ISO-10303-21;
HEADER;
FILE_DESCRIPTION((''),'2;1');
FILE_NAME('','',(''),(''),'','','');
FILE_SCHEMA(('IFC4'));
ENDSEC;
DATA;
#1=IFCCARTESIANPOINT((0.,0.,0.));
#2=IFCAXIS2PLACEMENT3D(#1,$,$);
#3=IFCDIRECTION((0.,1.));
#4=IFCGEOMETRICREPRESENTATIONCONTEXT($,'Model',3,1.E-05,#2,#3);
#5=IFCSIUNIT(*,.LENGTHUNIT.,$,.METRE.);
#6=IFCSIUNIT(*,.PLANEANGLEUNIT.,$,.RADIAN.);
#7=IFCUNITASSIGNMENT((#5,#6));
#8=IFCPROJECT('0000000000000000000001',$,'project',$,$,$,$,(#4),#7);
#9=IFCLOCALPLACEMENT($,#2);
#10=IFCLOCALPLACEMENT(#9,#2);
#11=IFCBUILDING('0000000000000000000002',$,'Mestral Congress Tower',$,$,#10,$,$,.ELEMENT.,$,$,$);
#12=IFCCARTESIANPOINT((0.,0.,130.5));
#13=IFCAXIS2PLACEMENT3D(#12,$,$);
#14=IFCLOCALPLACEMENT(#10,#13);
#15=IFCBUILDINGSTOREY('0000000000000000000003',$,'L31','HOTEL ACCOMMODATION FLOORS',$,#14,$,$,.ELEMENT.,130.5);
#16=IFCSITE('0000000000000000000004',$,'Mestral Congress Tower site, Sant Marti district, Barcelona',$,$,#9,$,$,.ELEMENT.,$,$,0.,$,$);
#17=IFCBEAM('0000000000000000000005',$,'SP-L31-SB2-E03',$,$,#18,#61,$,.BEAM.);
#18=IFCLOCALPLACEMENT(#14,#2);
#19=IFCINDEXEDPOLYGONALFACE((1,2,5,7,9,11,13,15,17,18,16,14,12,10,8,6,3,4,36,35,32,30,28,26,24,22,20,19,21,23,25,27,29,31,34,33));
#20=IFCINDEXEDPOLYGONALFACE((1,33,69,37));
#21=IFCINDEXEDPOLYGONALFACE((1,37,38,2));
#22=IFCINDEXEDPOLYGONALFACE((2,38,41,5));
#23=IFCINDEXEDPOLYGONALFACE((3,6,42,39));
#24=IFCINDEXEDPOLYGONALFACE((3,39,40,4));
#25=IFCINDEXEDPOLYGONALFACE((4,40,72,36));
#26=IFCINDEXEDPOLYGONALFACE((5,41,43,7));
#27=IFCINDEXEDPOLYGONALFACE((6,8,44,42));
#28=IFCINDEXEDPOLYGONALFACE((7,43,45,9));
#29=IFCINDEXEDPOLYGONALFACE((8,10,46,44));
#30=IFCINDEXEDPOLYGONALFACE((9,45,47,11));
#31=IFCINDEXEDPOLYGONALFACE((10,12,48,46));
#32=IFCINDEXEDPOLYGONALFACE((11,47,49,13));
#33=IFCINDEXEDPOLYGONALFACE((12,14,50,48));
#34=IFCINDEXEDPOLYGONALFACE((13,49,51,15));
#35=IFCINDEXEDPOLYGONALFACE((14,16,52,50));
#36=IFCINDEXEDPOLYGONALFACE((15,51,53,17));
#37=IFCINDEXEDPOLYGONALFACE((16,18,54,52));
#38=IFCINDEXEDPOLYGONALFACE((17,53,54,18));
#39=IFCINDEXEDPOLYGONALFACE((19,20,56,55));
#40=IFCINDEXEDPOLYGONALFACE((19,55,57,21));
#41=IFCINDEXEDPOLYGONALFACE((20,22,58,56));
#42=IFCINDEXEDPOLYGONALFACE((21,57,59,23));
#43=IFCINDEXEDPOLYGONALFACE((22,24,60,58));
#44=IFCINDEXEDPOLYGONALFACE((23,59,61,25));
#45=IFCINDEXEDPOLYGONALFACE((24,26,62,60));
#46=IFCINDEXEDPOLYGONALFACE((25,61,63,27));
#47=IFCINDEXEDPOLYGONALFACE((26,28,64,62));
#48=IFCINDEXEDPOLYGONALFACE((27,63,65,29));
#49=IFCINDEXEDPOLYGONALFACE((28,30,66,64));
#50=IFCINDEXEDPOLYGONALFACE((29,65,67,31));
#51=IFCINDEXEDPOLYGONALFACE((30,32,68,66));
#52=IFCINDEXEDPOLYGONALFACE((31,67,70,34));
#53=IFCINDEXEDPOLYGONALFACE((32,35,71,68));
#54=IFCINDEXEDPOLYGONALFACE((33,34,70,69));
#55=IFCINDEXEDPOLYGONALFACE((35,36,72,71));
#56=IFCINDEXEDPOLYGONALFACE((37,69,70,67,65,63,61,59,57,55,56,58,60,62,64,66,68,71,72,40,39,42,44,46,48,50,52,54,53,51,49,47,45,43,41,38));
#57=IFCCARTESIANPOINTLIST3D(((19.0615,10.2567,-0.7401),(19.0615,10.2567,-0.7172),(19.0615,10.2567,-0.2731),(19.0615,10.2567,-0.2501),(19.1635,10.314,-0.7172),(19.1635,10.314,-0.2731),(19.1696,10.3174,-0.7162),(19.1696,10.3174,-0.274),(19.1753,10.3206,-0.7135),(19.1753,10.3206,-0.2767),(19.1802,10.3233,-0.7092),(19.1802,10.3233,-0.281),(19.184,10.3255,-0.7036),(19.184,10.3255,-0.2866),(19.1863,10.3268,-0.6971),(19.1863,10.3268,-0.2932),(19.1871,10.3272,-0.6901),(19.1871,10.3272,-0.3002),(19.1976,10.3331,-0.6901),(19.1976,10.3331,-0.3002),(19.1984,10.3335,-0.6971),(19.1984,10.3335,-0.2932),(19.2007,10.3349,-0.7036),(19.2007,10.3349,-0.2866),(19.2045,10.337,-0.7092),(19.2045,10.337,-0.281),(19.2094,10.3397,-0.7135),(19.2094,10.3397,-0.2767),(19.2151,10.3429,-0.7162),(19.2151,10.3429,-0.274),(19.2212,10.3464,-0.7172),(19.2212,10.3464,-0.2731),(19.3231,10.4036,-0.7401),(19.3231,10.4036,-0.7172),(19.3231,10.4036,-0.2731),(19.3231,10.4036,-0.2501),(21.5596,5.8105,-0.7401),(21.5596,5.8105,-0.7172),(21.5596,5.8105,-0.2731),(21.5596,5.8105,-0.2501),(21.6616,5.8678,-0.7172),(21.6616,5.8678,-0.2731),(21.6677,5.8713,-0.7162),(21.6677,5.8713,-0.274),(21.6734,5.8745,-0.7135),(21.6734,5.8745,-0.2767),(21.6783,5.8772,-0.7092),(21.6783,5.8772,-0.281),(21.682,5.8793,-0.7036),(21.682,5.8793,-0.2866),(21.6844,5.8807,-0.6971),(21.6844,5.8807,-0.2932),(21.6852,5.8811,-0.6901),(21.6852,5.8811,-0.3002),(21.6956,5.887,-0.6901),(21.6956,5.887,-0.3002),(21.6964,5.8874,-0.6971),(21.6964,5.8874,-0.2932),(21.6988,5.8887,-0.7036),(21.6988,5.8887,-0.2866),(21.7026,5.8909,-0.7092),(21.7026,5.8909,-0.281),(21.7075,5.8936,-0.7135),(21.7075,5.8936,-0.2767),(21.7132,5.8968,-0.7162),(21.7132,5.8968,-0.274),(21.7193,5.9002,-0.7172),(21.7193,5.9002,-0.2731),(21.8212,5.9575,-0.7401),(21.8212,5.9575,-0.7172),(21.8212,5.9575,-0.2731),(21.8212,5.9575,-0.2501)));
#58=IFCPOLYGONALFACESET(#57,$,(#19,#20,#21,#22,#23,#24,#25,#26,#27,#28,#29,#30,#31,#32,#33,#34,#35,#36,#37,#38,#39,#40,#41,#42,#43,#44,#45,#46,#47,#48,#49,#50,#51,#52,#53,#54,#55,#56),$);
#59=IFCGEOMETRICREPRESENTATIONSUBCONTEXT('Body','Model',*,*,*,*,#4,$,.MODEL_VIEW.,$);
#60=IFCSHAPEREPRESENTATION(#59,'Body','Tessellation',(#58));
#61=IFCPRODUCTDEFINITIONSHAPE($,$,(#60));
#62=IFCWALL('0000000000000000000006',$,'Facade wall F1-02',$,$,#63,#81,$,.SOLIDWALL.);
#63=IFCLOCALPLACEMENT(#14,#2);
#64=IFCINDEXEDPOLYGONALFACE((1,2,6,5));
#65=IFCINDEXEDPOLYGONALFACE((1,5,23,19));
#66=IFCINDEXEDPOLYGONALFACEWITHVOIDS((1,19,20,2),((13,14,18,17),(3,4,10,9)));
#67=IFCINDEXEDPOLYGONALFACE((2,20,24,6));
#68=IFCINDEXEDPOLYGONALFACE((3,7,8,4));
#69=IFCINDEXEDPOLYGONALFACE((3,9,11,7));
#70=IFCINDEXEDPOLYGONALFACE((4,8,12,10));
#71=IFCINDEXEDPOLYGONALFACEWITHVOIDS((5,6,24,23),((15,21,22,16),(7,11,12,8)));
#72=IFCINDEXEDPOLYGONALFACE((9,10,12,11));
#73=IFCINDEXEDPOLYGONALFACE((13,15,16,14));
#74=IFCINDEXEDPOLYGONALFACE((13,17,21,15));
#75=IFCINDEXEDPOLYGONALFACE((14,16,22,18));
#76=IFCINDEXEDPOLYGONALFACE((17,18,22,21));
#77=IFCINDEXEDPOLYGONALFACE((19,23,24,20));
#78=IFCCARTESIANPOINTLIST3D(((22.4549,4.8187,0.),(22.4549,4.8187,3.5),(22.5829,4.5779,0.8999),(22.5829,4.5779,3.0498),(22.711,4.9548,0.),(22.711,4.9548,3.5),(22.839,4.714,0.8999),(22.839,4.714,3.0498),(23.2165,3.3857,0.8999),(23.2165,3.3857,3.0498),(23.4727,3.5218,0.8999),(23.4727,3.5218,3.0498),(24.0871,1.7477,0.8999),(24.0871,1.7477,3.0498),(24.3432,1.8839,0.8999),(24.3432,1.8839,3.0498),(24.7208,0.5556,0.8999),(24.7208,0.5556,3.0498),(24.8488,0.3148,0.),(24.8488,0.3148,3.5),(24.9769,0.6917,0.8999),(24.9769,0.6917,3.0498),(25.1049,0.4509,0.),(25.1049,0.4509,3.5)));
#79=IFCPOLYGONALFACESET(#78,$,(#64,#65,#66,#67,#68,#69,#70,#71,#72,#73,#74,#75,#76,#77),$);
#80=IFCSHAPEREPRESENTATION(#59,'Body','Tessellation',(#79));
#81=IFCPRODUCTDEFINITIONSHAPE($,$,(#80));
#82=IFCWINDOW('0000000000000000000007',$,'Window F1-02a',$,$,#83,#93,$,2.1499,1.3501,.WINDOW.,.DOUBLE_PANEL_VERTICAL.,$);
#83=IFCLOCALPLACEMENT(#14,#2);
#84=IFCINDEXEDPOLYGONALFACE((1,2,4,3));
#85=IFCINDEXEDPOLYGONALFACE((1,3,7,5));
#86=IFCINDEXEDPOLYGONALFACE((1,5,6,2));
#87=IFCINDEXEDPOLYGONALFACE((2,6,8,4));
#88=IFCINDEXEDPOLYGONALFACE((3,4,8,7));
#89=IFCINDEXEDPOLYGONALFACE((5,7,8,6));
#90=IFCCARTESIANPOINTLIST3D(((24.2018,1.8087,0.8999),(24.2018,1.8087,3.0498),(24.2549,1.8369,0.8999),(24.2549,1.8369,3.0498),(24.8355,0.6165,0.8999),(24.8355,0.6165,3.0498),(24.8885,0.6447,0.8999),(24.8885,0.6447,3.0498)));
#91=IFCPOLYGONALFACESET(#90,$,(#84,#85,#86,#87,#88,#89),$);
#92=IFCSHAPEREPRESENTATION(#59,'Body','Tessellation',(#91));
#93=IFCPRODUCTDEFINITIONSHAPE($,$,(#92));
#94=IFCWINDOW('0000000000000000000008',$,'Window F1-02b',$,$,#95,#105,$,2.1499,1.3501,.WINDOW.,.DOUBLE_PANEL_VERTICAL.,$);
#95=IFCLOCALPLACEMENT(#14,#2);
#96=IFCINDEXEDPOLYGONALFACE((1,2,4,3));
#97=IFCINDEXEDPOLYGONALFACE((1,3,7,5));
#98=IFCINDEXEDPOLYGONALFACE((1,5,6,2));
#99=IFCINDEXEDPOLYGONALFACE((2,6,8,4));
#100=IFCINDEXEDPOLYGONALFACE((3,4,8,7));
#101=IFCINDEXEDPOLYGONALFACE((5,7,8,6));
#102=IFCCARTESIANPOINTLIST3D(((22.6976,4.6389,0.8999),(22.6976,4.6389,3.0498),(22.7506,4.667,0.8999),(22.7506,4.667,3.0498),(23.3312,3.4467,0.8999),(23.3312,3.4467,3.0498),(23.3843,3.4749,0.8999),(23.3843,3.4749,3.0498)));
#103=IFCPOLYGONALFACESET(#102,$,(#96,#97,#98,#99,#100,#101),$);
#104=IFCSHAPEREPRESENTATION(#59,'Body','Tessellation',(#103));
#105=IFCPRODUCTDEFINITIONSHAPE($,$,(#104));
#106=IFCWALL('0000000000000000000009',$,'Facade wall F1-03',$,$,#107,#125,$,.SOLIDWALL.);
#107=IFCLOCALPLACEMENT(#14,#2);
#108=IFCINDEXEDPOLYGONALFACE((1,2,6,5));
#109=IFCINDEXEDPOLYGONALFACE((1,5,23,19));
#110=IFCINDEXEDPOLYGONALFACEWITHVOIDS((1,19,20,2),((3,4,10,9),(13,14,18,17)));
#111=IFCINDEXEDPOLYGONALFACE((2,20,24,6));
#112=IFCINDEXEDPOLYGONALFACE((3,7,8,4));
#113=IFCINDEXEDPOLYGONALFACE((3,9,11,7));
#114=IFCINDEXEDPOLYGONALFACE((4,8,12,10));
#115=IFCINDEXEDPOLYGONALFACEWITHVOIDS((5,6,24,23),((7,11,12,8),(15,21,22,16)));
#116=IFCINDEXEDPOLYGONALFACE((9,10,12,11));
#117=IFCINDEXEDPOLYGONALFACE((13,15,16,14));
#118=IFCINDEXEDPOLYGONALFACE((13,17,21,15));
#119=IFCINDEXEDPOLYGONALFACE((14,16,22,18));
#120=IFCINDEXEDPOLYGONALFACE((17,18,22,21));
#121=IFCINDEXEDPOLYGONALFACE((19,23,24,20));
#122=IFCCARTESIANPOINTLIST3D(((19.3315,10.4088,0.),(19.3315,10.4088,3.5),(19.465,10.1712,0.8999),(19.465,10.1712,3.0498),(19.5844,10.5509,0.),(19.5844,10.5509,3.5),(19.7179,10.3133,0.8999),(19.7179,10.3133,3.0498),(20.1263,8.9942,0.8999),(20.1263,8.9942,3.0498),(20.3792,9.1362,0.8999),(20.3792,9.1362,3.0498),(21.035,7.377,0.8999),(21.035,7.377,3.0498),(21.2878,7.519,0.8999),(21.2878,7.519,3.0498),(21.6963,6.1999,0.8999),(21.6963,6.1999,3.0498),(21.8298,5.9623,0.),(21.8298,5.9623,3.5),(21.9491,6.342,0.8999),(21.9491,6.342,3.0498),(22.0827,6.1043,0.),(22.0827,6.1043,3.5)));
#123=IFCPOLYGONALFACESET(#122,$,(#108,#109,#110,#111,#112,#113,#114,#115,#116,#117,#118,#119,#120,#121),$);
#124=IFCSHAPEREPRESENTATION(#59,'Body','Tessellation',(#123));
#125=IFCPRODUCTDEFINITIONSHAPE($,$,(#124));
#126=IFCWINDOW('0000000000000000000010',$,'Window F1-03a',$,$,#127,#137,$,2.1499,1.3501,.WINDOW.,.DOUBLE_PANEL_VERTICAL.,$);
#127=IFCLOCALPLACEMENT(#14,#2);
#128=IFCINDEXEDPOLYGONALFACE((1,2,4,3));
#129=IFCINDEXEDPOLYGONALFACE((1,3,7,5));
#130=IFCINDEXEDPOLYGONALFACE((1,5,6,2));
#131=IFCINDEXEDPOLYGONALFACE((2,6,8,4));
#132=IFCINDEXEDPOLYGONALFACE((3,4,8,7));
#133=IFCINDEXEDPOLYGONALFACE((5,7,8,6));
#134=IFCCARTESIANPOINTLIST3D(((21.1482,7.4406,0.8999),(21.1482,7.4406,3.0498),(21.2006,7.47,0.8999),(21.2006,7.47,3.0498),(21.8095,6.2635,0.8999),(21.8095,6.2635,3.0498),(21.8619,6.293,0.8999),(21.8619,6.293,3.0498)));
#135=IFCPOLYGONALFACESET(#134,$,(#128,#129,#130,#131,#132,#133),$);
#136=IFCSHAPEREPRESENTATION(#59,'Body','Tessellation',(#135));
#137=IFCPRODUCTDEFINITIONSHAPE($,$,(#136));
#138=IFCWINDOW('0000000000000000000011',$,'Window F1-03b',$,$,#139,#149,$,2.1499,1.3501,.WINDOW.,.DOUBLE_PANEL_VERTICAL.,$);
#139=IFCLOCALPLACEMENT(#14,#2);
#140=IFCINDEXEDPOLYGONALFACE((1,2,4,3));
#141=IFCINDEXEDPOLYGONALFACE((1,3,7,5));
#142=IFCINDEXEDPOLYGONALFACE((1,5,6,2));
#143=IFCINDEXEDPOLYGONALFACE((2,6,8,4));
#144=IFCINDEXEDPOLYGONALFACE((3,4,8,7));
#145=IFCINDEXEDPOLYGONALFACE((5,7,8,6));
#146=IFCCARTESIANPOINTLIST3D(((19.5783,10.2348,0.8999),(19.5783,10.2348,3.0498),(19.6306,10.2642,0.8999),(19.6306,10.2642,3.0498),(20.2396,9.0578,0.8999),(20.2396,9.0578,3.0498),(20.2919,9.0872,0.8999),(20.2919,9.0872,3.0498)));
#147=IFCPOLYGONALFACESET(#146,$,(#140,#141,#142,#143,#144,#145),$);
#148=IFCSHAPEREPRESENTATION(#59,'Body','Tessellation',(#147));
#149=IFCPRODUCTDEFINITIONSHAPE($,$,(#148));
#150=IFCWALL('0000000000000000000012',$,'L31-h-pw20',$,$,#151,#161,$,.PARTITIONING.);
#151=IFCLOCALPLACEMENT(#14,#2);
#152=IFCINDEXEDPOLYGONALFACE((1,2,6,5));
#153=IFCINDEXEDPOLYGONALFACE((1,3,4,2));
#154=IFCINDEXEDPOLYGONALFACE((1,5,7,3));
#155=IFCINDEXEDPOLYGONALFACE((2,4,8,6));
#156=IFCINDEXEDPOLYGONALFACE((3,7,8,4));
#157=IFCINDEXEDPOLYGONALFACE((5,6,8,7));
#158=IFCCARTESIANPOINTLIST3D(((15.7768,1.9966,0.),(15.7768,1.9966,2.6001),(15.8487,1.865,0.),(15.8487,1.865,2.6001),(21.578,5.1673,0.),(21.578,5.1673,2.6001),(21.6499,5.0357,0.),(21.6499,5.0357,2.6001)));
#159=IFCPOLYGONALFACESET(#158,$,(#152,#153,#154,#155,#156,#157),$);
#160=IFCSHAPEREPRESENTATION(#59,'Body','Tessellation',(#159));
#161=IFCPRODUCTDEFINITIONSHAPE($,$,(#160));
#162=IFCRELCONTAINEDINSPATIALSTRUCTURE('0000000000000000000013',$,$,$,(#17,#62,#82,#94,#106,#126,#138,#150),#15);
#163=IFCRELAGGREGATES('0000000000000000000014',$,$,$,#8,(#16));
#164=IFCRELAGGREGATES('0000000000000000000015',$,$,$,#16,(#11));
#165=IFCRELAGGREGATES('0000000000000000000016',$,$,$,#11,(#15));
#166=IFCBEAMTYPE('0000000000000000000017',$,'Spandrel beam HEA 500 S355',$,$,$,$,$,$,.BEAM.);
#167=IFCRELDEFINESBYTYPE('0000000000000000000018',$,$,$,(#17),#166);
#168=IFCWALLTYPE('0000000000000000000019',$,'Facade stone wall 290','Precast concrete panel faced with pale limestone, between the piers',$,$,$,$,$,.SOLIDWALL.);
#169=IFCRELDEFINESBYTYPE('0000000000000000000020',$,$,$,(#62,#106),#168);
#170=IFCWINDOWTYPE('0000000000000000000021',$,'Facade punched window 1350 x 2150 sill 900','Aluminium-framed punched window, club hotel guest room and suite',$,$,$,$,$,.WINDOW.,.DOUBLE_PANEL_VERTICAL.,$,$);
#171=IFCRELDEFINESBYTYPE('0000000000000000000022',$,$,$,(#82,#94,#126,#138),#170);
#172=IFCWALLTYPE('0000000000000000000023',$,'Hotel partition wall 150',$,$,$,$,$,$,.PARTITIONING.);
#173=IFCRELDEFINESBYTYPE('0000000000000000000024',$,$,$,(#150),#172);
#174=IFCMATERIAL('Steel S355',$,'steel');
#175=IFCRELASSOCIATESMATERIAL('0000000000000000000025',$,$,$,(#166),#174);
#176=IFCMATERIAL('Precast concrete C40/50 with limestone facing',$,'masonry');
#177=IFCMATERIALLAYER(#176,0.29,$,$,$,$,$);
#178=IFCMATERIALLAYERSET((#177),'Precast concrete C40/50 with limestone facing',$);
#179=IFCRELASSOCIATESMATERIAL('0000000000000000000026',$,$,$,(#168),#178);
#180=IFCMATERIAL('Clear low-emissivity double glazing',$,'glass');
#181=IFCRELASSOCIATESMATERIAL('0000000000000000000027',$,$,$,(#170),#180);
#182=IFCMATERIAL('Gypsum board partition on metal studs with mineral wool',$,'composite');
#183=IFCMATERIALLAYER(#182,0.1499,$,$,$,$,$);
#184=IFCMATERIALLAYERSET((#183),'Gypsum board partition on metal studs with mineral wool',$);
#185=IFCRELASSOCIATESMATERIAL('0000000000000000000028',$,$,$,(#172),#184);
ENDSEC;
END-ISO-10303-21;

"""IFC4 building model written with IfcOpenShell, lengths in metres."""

from ifc_helpers import new_model, si_unit, direction, frame, frame_2d, origin, origin_2d, place, context, subcontext, project, spatial, rectangle, i_section, extrude, material, layer, layer_set, material_profile, profile_set, type_object, element, fill, save


model = new_model("IFC4")

# Units and contexts
model_context = context("Model", 3, precision=1e-05, world=origin(), true_north=direction((0.0, 1.0)))
body_context = subcontext(model_context, "Body", "Model", "MODEL_VIEW")
ifc_project = project(units=[si_unit("LENGTHUNIT", "METRE"), si_unit("PLANEANGLEUNIT", "RADIAN")], contexts=[model_context])

# Site, building, storey
site_placement = place(None, origin())
site = spatial("IfcSite", under=ifc_project, at=site_placement, Name="Mestral Congress Tower site, Sant Marti district, Barcelona", CompositionType="ELEMENT", RefElevation=0.0)
building_placement = place(site_placement, origin())
building = spatial("IfcBuilding", under=site, at=building_placement, Name="Mestral Congress Tower", CompositionType="ELEMENT")
storey_placement = place(building_placement, frame((0.0, 0.0, 130.5)))
storey = spatial("IfcBuildingStorey", under=building, at=storey_placement, Name="L31", Description="HOTEL ACCOMMODATION FLOORS", CompositionType="ELEMENT", Elevation=130.5)

# Beam
ifc_material_1 = material(Name="Steel S355", Category="steel")
ifc_material_profile_1 = material_profile(ifc_material_1, i_section(OverallWidth=0.3, OverallDepth=0.49, WebThickness=0.012, FlangeThickness=0.0229, FilletRadius=0.0271, at=origin_2d()), Name="HEA 500")
ifc_profile_set_1 = profile_set([ifc_material_profile_1], Name="Steel S355")
beam_type_1 = type_object("IfcBeamType", Name="Spandrel beam HEA 500 S355", PredefinedType="BEAM", material=ifc_profile_set_1)
for number, where, z_axis, x_axis, name in (
    (1, (21.6904, 5.884, -0.4951), (-0.489836, 0.871815, 0.0), (-0.871815, -0.489836, 0.0), "SP-L31-SB2-E03"),
):
    element("IfcBeam", number, at=place(storey_placement, frame(where, z_axis=z_axis, x_axis=x_axis)), inside=storey, type_object=beam_type_1, Name=name, PredefinedType="BEAM", context=body_context, shape_type="SweptSolid", body=[
        extrude(i_section(OverallWidth=0.3, OverallDepth=0.49, WebThickness=0.012, FlangeThickness=0.0229, FilletRadius=0.0271, at=origin_2d()), origin(), (0.0, 0.0, 1.0), 5.0999),
    ])

# Walls, openings, windows
ifc_material_2 = material(Name="Precast concrete C40/50 with limestone facing", Category="masonry")
ifc_layer_1 = layer(ifc_material_2, 0.29)
ifc_layer_set_1 = layer_set([ifc_layer_1], Name="Precast concrete C40/50 with limestone facing")
wall_type_1 = type_object("IfcWallType", Name="Facade stone wall 290", Description="Precast concrete panel faced with pale limestone, between the piers", PredefinedType="SOLIDWALL", material=ifc_layer_set_1)
wall_1_placement = place(storey_placement, frame((24.9768, 0.3828, 0.0), z_axis=(0.0, 0.0, 1.0), x_axis=(-0.469323, 0.883026, 0.0)))
wall_1 = element("IfcWall", 2, at=wall_1_placement, inside=storey, type_object=wall_type_1, Name="Facade wall F1-02", PredefinedType="SOLIDWALL", context=body_context, shape_type="SweptSolid", body=[
    extrude(rectangle(XDim=5.1006, YDim=0.29, at=frame_2d((2.5503, 0.0))), origin(), (0.0, 0.0, 1.0), 3.5),
])
opening_1_placement = place(wall_1_placement, frame((0.2727, 0.0, 0.8999)))
opening_1 = element("IfcOpeningElement", 3, at=opening_1_placement, cuts=wall_1, PredefinedType="OPENING", context=body_context, shape_type="SweptSolid", body=[
    extrude(rectangle(XDim=1.3501, YDim=2.1499, at=frame_2d((0.675, 1.075))), frame((0.0, 0.155, 0.0), z_axis=(0.0, -1.0, 0.0), x_axis=(1.0, 0.0, 0.0)), (0.0, 0.0, 1.0), 0.3101),
])
opening_2_placement = place(wall_1_placement, frame((3.4778, 0.0, 0.8999)))
opening_2 = element("IfcOpeningElement", 4, at=opening_2_placement, cuts=wall_1, PredefinedType="OPENING", context=body_context, shape_type="SweptSolid", body=[
    extrude(rectangle(XDim=1.3501, YDim=2.1499, at=frame_2d((0.675, 1.075))), frame((0.0, 0.155, 0.0), z_axis=(0.0, -1.0, 0.0), x_axis=(1.0, 0.0, 0.0)), (0.0, 0.0, 1.0), 0.3101),
])
ifc_material_3 = material(Name="Clear low-emissivity double glazing", Category="glass")
window_type = type_object("IfcWindowType", Name="Facade punched window 1350 x 2150 sill 900", Description="Aluminium-framed punched window, club hotel guest room and suite", PartitioningType="DOUBLE_PANEL_VERTICAL", PredefinedType="WINDOW", material=ifc_material_3)
window_1_placement = place(opening_1_placement, origin())
window_1 = element("IfcWindow", 5, at=window_1_placement, inside=storey, type_object=window_type, Name="Window F1-02a", OverallHeight=2.1499, OverallWidth=1.3501, PartitioningType="DOUBLE_PANEL_VERTICAL", PredefinedType="WINDOW", context=body_context, shape_type="SweptSolid", body=[
    extrude(rectangle(XDim=1.3501, YDim=2.1499, at=frame_2d((0.675, 1.075))), frame((0.0, 0.0151, 0.0), z_axis=(0.0, -1.0, 0.0), x_axis=(1.0, 0.0, 0.0)), (0.0, 0.0, 1.0), 0.0601),
])
fill(opening_1, window_1)
window_2_placement = place(opening_2_placement, origin())
window_2 = element("IfcWindow", 6, at=window_2_placement, inside=storey, type_object=window_type, Name="Window F1-02b", OverallHeight=2.1499, OverallWidth=1.3501, PartitioningType="DOUBLE_PANEL_VERTICAL", PredefinedType="WINDOW", context=body_context, shape_type="SweptSolid", body=[
    extrude(rectangle(XDim=1.3501, YDim=2.1499, at=frame_2d((0.675, 1.075))), frame((0.0, 0.0151, 0.0), z_axis=(0.0, -1.0, 0.0), x_axis=(1.0, 0.0, 0.0)), (0.0, 0.0, 1.0), 0.0601),
])
fill(opening_2, window_2)
wall_2_placement = place(storey_placement, frame((21.9563, 6.0332, 0.0), z_axis=(0.0, 0.0, 1.0), x_axis=(-0.489832, 0.871817, 0.0)))
wall_2 = element("IfcWall", 7, at=wall_2_placement, inside=storey, type_object=wall_type_1, Name="Facade wall F1-03", PredefinedType="SOLIDWALL", context=body_context, shape_type="SweptSolid", body=[
    extrude(rectangle(XDim=5.1003, YDim=0.29, at=frame_2d((2.5503, 0.0))), origin(), (0.0, 0.0, 1.0), 3.5),
])
opening_3_placement = place(wall_2_placement, frame((0.2727, 0.0, 0.8999)))
opening_3 = element("IfcOpeningElement", 8, at=opening_3_placement, cuts=wall_2, PredefinedType="OPENING", context=body_context, shape_type="SweptSolid", body=[
    extrude(rectangle(XDim=1.3501, YDim=2.1499, at=frame_2d((0.675, 1.075))), frame((0.0, 0.155, 0.0), z_axis=(0.0, -1.0, 0.0), x_axis=(1.0, 0.0, 0.0)), (0.0, 0.0, 1.0), 0.3101),
])
opening_4_placement = place(wall_2_placement, frame((3.4778, 0.0, 0.8999)))
opening_4 = element("IfcOpeningElement", 9, at=opening_4_placement, cuts=wall_2, PredefinedType="OPENING", context=body_context, shape_type="SweptSolid", body=[
    extrude(rectangle(XDim=1.3501, YDim=2.1499, at=frame_2d((0.675, 1.075))), frame((0.0, 0.155, 0.0), z_axis=(0.0, -1.0, 0.0), x_axis=(1.0, 0.0, 0.0)), (0.0, 0.0, 1.0), 0.3101),
])
window_3_placement = place(opening_3_placement, origin())
window_3 = element("IfcWindow", 10, at=window_3_placement, inside=storey, type_object=window_type, Name="Window F1-03a", OverallHeight=2.1499, OverallWidth=1.3501, PartitioningType="DOUBLE_PANEL_VERTICAL", PredefinedType="WINDOW", context=body_context, shape_type="SweptSolid", body=[
    extrude(rectangle(XDim=1.3501, YDim=2.1499, at=frame_2d((0.675, 1.075))), frame((0.0, 0.0151, 0.0), z_axis=(0.0, -1.0, 0.0), x_axis=(1.0, 0.0, 0.0)), (0.0, 0.0, 1.0), 0.0601),
])
fill(opening_3, window_3)
window_4_placement = place(opening_4_placement, origin())
window_4 = element("IfcWindow", 11, at=window_4_placement, inside=storey, type_object=window_type, Name="Window F1-03b", OverallHeight=2.1499, OverallWidth=1.3501, PartitioningType="DOUBLE_PANEL_VERTICAL", PredefinedType="WINDOW", context=body_context, shape_type="SweptSolid", body=[
    extrude(rectangle(XDim=1.3501, YDim=2.1499, at=frame_2d((0.675, 1.075))), frame((0.0, 0.0151, 0.0), z_axis=(0.0, -1.0, 0.0), x_axis=(1.0, 0.0, 0.0)), (0.0, 0.0, 1.0), 0.0601),
])
fill(opening_4, window_4)

# Wall
ifc_material_4 = material(Name="Gypsum board partition on metal studs with mineral wool", Category="composite")
ifc_layer_2 = layer(ifc_material_4, 0.1499)
ifc_layer_set_2 = layer_set([ifc_layer_2], Name="Gypsum board partition on metal studs with mineral wool")
wall_type_2 = type_object("IfcWallType", Name="Hotel partition wall 150", PredefinedType="PARTITIONING", material=ifc_layer_set_2)
wall_3_placement = place(storey_placement, frame((21.614, 5.1016, 0.0), z_axis=(0.0, 0.0, 1.0), x_axis=(-0.877485, -0.479605, 0.0)))
element("IfcWall", 12, at=wall_3_placement, inside=storey, type_object=wall_type_2, Name="L31-h-pw20", PredefinedType="PARTITIONING", context=body_context, shape_type="SweptSolid", body=[
    extrude(rectangle(XDim=6.6111, YDim=0.1499, at=frame_2d((3.3057, 0.0))), origin(), (0.0, 0.0, 1.0), 2.6001),
])

save(model, "model.ifc")
